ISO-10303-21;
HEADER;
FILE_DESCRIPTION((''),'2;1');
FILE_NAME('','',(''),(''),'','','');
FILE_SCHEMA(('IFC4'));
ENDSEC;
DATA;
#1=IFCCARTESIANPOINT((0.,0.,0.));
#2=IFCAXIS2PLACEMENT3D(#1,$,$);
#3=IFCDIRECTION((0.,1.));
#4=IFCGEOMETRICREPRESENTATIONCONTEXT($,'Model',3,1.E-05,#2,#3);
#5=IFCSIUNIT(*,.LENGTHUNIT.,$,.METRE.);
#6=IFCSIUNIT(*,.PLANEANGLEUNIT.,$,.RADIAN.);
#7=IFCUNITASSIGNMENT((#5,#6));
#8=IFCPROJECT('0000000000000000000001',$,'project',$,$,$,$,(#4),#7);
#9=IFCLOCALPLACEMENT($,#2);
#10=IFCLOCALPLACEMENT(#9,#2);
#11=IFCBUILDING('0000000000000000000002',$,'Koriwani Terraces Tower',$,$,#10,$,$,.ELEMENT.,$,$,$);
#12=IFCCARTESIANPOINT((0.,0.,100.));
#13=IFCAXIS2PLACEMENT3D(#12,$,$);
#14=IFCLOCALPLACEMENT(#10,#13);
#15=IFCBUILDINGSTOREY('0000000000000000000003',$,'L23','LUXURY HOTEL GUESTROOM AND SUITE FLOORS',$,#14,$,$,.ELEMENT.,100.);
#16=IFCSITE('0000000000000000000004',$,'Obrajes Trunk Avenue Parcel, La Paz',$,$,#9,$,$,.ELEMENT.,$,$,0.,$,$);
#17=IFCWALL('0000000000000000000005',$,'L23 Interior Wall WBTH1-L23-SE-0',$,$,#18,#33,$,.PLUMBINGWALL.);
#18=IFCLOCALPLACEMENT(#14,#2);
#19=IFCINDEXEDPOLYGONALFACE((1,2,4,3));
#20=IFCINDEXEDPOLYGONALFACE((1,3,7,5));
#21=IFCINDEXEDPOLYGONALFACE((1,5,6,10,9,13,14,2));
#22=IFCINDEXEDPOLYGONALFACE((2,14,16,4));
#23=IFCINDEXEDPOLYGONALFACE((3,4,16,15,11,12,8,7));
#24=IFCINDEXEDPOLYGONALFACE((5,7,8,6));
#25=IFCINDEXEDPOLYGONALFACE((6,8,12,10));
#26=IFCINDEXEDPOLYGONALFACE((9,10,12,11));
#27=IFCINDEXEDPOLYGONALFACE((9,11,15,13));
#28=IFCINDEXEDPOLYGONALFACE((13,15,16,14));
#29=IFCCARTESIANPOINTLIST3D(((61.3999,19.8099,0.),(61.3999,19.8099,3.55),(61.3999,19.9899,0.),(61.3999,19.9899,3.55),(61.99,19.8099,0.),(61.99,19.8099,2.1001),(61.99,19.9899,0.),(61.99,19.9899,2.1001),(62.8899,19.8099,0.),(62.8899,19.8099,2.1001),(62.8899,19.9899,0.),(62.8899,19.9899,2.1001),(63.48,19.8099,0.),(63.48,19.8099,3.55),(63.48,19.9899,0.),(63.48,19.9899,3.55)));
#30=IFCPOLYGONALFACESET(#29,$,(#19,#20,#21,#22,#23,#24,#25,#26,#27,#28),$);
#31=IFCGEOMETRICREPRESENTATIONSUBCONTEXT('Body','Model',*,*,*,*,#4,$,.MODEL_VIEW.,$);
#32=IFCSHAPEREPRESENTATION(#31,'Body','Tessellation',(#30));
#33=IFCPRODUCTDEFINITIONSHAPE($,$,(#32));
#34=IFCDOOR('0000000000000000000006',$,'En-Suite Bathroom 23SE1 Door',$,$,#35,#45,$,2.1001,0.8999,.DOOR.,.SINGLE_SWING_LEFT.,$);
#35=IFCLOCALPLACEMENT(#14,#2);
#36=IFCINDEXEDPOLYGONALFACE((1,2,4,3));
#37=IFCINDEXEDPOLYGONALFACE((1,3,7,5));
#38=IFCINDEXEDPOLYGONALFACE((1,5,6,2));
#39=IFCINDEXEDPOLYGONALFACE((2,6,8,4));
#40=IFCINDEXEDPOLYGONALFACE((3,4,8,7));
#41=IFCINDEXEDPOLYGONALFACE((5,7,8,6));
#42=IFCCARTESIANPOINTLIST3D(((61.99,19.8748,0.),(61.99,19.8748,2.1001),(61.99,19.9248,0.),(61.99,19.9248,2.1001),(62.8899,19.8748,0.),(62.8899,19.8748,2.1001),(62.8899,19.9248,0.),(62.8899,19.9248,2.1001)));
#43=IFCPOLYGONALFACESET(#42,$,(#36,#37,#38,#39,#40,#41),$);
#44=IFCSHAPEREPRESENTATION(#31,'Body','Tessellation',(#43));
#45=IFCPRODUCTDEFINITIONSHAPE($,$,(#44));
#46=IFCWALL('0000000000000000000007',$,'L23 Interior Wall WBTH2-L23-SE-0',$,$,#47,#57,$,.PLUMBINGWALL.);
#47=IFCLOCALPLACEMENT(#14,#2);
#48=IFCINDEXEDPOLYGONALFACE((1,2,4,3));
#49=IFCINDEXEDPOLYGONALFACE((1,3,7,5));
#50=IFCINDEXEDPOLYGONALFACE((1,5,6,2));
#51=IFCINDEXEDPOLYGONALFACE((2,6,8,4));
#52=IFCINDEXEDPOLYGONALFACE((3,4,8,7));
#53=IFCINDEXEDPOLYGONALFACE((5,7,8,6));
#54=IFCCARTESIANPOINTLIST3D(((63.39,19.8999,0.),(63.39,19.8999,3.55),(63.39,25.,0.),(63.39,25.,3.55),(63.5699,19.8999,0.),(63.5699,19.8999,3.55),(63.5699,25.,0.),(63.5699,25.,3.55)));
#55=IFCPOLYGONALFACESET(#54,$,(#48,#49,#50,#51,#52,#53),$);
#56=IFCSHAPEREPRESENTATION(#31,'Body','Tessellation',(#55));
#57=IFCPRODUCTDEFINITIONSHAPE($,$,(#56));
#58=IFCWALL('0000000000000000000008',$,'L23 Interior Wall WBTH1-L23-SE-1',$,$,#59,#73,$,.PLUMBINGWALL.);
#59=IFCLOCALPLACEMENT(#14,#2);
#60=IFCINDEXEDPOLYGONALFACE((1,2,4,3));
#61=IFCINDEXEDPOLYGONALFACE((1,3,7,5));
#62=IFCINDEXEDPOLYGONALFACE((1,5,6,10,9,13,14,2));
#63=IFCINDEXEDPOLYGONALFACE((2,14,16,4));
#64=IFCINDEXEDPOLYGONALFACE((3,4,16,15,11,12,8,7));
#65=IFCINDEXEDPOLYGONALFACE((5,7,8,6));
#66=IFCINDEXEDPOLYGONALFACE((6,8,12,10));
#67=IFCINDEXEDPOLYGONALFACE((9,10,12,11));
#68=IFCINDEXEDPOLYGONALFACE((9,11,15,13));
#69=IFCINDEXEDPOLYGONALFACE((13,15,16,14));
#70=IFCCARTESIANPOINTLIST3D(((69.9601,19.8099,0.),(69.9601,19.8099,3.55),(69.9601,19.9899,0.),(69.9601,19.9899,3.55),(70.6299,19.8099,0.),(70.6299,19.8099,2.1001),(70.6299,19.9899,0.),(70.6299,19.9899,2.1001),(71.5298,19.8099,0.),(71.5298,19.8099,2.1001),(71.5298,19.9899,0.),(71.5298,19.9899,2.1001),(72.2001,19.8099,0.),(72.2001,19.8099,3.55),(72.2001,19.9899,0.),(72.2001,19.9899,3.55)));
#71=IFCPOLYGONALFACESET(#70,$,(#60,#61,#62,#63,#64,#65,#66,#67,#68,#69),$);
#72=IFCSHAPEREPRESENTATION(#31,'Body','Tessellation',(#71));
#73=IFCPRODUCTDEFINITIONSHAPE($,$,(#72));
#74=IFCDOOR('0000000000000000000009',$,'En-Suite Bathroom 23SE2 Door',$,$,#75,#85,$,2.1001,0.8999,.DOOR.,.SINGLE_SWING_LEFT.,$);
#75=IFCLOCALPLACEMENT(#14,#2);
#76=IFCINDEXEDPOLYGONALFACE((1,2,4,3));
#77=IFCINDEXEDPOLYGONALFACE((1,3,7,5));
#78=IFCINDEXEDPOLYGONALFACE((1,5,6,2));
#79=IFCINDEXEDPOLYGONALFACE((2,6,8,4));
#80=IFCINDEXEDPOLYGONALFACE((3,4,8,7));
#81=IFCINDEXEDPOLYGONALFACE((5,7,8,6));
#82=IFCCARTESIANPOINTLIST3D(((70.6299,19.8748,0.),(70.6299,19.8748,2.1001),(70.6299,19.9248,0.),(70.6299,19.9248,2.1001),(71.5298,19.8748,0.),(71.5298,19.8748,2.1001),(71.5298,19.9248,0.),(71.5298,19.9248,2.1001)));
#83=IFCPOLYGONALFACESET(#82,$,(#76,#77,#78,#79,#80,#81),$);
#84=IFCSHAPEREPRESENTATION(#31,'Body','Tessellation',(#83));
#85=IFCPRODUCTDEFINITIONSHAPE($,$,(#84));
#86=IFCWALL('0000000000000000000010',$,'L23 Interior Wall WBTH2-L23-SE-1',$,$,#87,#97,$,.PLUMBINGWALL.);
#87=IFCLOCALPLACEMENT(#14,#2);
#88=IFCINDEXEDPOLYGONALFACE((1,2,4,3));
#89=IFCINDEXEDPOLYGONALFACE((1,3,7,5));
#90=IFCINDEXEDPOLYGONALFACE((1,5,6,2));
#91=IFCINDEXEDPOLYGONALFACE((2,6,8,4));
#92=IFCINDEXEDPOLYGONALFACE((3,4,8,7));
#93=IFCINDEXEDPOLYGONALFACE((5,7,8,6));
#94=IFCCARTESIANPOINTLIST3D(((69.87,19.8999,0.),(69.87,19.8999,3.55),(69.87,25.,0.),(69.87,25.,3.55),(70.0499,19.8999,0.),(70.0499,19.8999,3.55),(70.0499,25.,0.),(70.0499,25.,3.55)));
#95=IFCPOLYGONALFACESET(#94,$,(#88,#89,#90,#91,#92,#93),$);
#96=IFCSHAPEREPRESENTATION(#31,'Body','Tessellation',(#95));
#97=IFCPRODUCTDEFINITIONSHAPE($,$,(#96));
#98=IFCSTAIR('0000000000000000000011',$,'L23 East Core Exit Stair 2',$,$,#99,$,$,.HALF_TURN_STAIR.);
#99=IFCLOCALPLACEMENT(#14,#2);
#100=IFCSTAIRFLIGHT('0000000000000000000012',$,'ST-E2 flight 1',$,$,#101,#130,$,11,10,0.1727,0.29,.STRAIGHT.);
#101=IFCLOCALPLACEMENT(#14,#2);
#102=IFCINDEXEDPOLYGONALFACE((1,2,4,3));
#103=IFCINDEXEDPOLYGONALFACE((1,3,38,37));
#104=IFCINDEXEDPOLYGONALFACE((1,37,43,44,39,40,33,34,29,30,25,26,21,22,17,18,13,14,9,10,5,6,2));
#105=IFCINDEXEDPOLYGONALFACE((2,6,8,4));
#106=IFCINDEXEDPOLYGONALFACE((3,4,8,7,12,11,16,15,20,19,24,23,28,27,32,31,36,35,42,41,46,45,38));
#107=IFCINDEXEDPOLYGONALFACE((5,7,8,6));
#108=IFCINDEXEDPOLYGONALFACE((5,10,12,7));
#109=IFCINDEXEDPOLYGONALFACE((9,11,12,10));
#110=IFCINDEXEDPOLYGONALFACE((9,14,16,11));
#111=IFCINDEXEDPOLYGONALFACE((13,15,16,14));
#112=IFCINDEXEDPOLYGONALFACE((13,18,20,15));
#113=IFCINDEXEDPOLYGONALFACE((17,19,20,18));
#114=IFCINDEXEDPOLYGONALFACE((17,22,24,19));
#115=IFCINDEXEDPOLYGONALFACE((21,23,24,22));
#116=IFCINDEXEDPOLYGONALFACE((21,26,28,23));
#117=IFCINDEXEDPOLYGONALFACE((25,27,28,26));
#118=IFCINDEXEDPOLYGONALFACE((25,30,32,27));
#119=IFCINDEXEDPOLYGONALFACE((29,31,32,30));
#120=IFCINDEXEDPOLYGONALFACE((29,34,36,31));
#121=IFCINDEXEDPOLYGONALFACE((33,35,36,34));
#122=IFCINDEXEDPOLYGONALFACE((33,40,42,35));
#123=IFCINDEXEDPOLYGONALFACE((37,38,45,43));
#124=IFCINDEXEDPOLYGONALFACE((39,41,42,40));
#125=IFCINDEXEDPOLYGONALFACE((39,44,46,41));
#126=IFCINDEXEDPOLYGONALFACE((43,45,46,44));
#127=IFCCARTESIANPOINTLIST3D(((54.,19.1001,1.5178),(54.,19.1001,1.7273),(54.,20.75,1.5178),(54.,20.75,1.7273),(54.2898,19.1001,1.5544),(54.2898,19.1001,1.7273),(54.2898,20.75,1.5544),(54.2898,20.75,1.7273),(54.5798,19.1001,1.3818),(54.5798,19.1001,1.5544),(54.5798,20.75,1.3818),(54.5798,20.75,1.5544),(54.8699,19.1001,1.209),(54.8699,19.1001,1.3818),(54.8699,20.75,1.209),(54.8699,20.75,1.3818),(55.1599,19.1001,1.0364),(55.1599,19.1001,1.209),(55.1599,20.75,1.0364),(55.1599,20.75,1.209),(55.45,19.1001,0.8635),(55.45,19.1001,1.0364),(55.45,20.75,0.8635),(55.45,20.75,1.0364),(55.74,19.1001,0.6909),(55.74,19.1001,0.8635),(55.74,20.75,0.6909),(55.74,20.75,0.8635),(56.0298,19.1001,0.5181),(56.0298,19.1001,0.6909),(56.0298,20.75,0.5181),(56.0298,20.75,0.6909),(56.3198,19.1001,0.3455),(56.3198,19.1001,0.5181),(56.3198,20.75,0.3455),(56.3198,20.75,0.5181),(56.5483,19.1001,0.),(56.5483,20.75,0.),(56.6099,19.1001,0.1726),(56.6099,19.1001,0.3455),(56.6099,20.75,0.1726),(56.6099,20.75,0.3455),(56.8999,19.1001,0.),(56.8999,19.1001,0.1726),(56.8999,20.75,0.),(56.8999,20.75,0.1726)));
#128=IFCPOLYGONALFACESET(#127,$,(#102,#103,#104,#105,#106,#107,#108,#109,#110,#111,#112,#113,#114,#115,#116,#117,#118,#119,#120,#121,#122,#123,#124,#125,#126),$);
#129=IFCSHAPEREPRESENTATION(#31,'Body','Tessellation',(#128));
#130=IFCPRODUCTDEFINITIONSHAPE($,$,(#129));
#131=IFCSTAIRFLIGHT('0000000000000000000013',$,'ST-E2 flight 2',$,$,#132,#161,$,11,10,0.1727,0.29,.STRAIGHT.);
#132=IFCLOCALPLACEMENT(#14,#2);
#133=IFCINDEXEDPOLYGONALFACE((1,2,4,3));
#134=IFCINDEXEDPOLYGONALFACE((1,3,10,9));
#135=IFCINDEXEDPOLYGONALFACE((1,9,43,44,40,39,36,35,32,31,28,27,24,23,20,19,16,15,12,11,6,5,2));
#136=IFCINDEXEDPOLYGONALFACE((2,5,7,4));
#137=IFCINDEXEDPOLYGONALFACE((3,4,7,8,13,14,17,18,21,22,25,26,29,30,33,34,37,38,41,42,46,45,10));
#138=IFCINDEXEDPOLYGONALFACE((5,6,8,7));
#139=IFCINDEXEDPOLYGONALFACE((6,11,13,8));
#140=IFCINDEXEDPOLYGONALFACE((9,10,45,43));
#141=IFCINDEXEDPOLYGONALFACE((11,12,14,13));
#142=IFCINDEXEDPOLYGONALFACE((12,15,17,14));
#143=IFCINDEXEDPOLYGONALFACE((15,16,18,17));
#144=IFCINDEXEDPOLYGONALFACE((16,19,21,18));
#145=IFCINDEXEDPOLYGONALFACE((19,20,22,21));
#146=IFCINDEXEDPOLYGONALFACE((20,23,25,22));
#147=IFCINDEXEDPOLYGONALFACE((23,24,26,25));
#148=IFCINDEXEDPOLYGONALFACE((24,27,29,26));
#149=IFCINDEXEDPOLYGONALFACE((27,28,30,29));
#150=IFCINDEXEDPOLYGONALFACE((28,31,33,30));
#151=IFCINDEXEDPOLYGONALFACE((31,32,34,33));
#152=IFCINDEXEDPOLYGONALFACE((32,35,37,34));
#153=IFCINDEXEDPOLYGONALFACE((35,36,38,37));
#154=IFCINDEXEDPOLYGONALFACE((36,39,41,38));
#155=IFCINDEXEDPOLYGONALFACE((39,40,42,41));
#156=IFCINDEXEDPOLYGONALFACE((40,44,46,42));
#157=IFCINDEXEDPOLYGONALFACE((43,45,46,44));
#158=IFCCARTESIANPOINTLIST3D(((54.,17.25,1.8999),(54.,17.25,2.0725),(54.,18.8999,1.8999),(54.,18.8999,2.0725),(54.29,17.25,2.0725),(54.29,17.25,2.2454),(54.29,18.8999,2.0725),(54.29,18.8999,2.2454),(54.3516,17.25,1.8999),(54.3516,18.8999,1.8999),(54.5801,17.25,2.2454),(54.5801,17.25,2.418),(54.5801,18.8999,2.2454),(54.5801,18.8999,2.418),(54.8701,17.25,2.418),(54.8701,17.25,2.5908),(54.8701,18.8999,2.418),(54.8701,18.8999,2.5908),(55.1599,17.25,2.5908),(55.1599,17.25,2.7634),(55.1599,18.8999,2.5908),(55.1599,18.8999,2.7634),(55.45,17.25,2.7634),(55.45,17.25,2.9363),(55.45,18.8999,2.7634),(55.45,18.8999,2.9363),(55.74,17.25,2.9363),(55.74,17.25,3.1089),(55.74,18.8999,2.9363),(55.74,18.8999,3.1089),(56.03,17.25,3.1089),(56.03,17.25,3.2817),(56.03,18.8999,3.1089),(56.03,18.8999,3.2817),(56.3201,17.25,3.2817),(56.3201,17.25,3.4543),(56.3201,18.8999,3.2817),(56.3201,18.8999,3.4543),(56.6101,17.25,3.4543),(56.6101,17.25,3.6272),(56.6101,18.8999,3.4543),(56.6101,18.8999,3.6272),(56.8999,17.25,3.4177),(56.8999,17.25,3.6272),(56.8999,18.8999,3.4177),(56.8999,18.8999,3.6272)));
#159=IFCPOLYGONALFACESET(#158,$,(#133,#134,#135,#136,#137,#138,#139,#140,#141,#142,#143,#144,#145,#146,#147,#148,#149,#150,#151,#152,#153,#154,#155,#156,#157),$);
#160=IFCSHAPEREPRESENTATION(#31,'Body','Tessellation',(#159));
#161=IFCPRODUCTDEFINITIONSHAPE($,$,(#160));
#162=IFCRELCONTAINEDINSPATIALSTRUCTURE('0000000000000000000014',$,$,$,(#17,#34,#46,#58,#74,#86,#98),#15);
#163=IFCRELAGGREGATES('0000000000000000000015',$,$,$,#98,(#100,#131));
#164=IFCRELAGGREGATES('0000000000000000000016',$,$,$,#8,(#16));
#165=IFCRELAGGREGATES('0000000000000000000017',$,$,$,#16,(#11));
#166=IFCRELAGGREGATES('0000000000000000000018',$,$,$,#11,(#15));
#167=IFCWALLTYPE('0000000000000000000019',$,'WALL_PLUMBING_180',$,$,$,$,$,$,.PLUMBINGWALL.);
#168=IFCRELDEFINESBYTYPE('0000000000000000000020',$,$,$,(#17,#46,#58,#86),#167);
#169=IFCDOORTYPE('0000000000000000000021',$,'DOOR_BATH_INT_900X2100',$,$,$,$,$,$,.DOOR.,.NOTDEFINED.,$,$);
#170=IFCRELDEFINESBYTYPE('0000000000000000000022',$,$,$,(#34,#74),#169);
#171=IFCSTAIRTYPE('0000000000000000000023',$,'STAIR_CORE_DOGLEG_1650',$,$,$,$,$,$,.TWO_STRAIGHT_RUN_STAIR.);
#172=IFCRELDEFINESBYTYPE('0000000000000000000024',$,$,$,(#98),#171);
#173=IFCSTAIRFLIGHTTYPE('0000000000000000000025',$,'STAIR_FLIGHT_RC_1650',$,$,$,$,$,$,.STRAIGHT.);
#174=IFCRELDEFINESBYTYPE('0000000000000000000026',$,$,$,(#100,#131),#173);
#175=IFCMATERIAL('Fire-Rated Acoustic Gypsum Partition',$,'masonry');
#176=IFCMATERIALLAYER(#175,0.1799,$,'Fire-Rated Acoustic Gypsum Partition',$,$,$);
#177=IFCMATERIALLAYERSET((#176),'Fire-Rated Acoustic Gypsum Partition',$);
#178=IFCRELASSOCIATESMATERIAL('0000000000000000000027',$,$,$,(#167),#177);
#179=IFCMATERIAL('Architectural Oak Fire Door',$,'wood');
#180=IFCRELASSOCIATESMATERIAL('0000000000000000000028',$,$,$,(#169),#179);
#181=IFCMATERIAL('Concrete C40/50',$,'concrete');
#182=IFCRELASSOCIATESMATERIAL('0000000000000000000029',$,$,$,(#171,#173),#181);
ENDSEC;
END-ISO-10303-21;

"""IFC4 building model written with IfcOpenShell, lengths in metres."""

from ifc_helpers import new_model, si_unit, direction, frame, frame_2d, origin, place, context, subcontext, project, spatial, polyline, rectangle, outline, extrude, material, layer, layer_set, type_object, element, fill, aggregate, save


model = new_model("IFC4")

# Units and contexts
model_context = context("Model", 3, precision=1e-05, world=origin(), true_north=direction((0.0, 1.0)))
body_context = subcontext(model_context, "Body", "Model", "MODEL_VIEW")
ifc_project = project(units=[si_unit("LENGTHUNIT", "METRE"), si_unit("PLANEANGLEUNIT", "RADIAN")], contexts=[model_context])

# Site, building, storey
site_placement = place(None, origin())
site = spatial("IfcSite", under=ifc_project, at=site_placement, Name="Obrajes Trunk Avenue Parcel, La Paz", CompositionType="ELEMENT", RefElevation=0.0)
building_placement = place(site_placement, origin())
building = spatial("IfcBuilding", under=site, at=building_placement, Name="Koriwani Terraces Tower", CompositionType="ELEMENT")
storey_placement = place(building_placement, frame((0.0, 0.0, 100.0)))
storey = spatial("IfcBuildingStorey", under=building, at=storey_placement, Name="L23", Description="LUXURY HOTEL GUESTROOM AND SUITE FLOORS", CompositionType="ELEMENT", Elevation=100.0)

# Shared definitions
ifc_material_1 = material(Name="Concrete C40/50", Category="concrete")

# Shared definitions
ifc_material_2 = material(Name="Architectural Oak Fire Door", Category="wood")

# Wall, opening, door
ifc_material_3 = material(Name="Fire-Rated Acoustic Gypsum Partition", Category="masonry")
ifc_layer_1 = layer(ifc_material_3, 0.1799, Name="Fire-Rated Acoustic Gypsum Partition")
ifc_layer_set_1 = layer_set([ifc_layer_1], Name="Fire-Rated Acoustic Gypsum Partition")
wall_type_1 = type_object("IfcWallType", Name="WALL_PLUMBING_180", PredefinedType="PLUMBINGWALL", material=ifc_layer_set_1)
wall_1_placement = place(storey_placement, frame((61.3999, 19.8999, 0.0), z_axis=(0.0, 0.0, 1.0), x_axis=(1.0, 0.0, 0.0)))
wall_1 = element("IfcWall", 1, at=wall_1_placement, inside=storey, type_object=wall_type_1, Name="L23 Interior Wall WBTH1-L23-SE-0", PredefinedType="PLUMBINGWALL", context=body_context, shape_type="SweptSolid", body=[
    extrude(rectangle(XDim=2.0801, YDim=0.1799, at=frame_2d((1.04, 0.0))), origin(), (0.0, 0.0, 1.0), 3.55),
])
opening_1_placement = place(wall_1_placement, frame((0.5901, 0.0, 0.0)))
opening_1 = element("IfcOpeningElement", 2, at=opening_1_placement, cuts=wall_1, PredefinedType="OPENING", context=body_context, shape_type="SweptSolid", body=[
    extrude(rectangle(XDim=0.8999, YDim=2.1001, at=frame_2d((0.45, 1.05))), frame((0.0, 0.1001, 0.0), z_axis=(0.0, -1.0, 0.0), x_axis=(1.0, 0.0, 0.0)), (0.0, 0.0, 1.0), 0.2),
])
door_type_1 = type_object("IfcDoorType", Name="DOOR_BATH_INT_900X2100", OperationType="NOTDEFINED", PredefinedType="DOOR", material=ifc_material_2)
door_1_placement = place(opening_1_placement, origin())
door_1 = element("IfcDoor", 3, at=door_1_placement, inside=storey, type_object=door_type_1, Name="En-Suite Bathroom 23SE1 Door", OperationType="SINGLE_SWING_LEFT", OverallHeight=2.1001, OverallWidth=0.8999, PredefinedType="DOOR", context=body_context, shape_type="SweptSolid", body=[
    extrude(rectangle(XDim=0.8999, YDim=2.1001, at=frame_2d((0.45, 1.05))), frame((0.0, 0.0249, 0.0), z_axis=(0.0, -1.0, 0.0), x_axis=(1.0, 0.0, 0.0)), (0.0, 0.0, 1.0), 0.05),
])
fill(opening_1, door_1)

# Wall
wall_2_placement = place(storey_placement, frame((63.48, 19.8999, 0.0), z_axis=(0.0, 0.0, 1.0), x_axis=(0.0, 1.0, 0.0)))
element("IfcWall", 4, at=wall_2_placement, inside=storey, type_object=wall_type_1, Name="L23 Interior Wall WBTH2-L23-SE-0", PredefinedType="PLUMBINGWALL", context=body_context, shape_type="SweptSolid", body=[
    extrude(rectangle(XDim=5.1001, YDim=0.1799, at=frame_2d((2.55, 0.0))), origin(), (0.0, 0.0, 1.0), 3.55),
])

# Wall, opening, door
wall_3_placement = place(storey_placement, frame((69.96, 19.8999, 0.0), z_axis=(0.0, 0.0, 1.0), x_axis=(1.0, 0.0, 0.0)))
wall_3 = element("IfcWall", 5, at=wall_3_placement, inside=storey, type_object=wall_type_1, Name="L23 Interior Wall WBTH1-L23-SE-1", PredefinedType="PLUMBINGWALL", context=body_context, shape_type="SweptSolid", body=[
    extrude(rectangle(XDim=2.24, YDim=0.1799, at=frame_2d((1.1201, 0.0))), origin(), (0.0, 0.0, 1.0), 3.55),
])
opening_2_placement = place(wall_3_placement, frame((0.6699, 0.0, 0.0)))
opening_2 = element("IfcOpeningElement", 6, at=opening_2_placement, cuts=wall_3, PredefinedType="OPENING", context=body_context, shape_type="SweptSolid", body=[
    extrude(rectangle(XDim=0.8999, YDim=2.1001, at=frame_2d((0.45, 1.05))), frame((0.0, 0.1001, 0.0), z_axis=(0.0, -1.0, 0.0), x_axis=(1.0, 0.0, 0.0)), (0.0, 0.0, 1.0), 0.2),
])
door_2_placement = place(opening_2_placement, origin())
door_2 = element("IfcDoor", 7, at=door_2_placement, inside=storey, type_object=door_type_1, Name="En-Suite Bathroom 23SE2 Door", OperationType="SINGLE_SWING_LEFT", OverallHeight=2.1001, OverallWidth=0.8999, PredefinedType="DOOR", context=body_context, shape_type="SweptSolid", body=[
    extrude(rectangle(XDim=0.8999, YDim=2.1001, at=frame_2d((0.45, 1.05))), frame((0.0, 0.0249, 0.0), z_axis=(0.0, -1.0, 0.0), x_axis=(1.0, 0.0, 0.0)), (0.0, 0.0, 1.0), 0.05),
])
fill(opening_2, door_2)

# Wall
wall_4_placement = place(storey_placement, frame((69.96, 19.8999, 0.0), z_axis=(0.0, 0.0, 1.0), x_axis=(0.0, 1.0, 0.0)))
element("IfcWall", 8, at=wall_4_placement, inside=storey, type_object=wall_type_1, Name="L23 Interior Wall WBTH2-L23-SE-1", PredefinedType="PLUMBINGWALL", context=body_context, shape_type="SweptSolid", body=[
    extrude(rectangle(XDim=5.1001, YDim=0.1799, at=frame_2d((2.55, 0.0))), origin(), (0.0, 0.0, 1.0), 3.55),
])

# Stair, stair flights
stair_type = type_object("IfcStairType", Name="STAIR_CORE_DOGLEG_1650", PredefinedType="TWO_STRAIGHT_RUN_STAIR", material=ifc_material_1)
stair_placement = place(storey_placement, origin())
stair = element("IfcStair", 9, at=stair_placement, inside=storey, type_object=stair_type, Name="L23 East Core Exit Stair 2", PredefinedType="HALF_TURN_STAIR")
stair_flight_type = type_object("IfcStairFlightType", Name="STAIR_FLIGHT_RC_1650", PredefinedType="STRAIGHT", material=ifc_material_1)
stair_flight_1_placement = place(storey_placement, frame((56.8999, 19.925, 0.0), z_axis=(0.0, 0.0, 1.0), x_axis=(-1.0, 0.0, 0.0)))
stair_flight_1 = element("IfcStairFlight", 10, at=stair_flight_1_placement, type_object=stair_flight_type, Name="ST-E2 flight 1", NumberOfRisers=11, NumberOfTreads=10, PredefinedType="STRAIGHT", RiserHeight=0.1727, TreadLength=0.29, context=body_context, shape_type="SweptSolid", body=[
    extrude(outline(polyline([(0.0, 0.0), (0.0, 0.1726), (0.29, 0.1726), (0.29, 0.3455), (0.5801, 0.3455), (0.5801, 0.5181), (0.8701, 0.5181), (0.8701, 0.6909), (1.1599, 0.6909), (1.1599, 0.8635), (1.45, 0.8635), (1.45, 1.0364), (1.74, 1.0364), (1.74, 1.209), (2.03, 1.209), (2.03, 1.3818), (2.3201, 1.3818), (2.3201, 1.5544), (2.6101, 1.5544), (2.6101, 1.7273), (2.8999, 1.7273), (2.8999, 1.8999), (2.8999, 1.5178), (0.3516, 0.0), (0.0, 0.0)])), frame((0.0, 0.825, 0.0), z_axis=(0.0, -1.0, 0.0), x_axis=(1.0, 0.0, 0.0)), (0.0, 0.0, 1.0), 1.6499),
])
stair_flight_2_placement = place(storey_placement, frame((54.0, 18.075, 1.8999), z_axis=(0.0, 0.0, 1.0), x_axis=(1.0, 0.0, 0.0)))
stair_flight_2 = element("IfcStairFlight", 11, at=stair_flight_2_placement, type_object=stair_flight_type, Name="ST-E2 flight 2", NumberOfRisers=11, NumberOfTreads=10, PredefinedType="STRAIGHT", RiserHeight=0.1727, TreadLength=0.29, context=body_context, shape_type="SweptSolid", body=[
    extrude(outline(polyline([(0.0, 0.0), (0.0, 0.1726), (0.29, 0.1726), (0.29, 0.3455), (0.5801, 0.3455), (0.5801, 0.5181), (0.8701, 0.5181), (0.8701, 0.6909), (1.1599, 0.6909), (1.1599, 0.8635), (1.45, 0.8635), (1.45, 1.0364), (1.74, 1.0364), (1.74, 1.209), (2.03, 1.209), (2.03, 1.3818), (2.3201, 1.3818), (2.3201, 1.5544), (2.6101, 1.5544), (2.6101, 1.7273), (2.8999, 1.7273), (2.8999, 1.8999), (2.8999, 1.5178), (0.3516, 0.0), (0.0, 0.0)])), frame((0.0, 0.825, 0.0), z_axis=(0.0, -1.0, 0.0), x_axis=(1.0, 0.0, 0.0)), (0.0, 0.0, 1.0), 1.6499),
])
aggregate(stair, [stair_flight_1, stair_flight_2])

save(model, "model.ifc")
